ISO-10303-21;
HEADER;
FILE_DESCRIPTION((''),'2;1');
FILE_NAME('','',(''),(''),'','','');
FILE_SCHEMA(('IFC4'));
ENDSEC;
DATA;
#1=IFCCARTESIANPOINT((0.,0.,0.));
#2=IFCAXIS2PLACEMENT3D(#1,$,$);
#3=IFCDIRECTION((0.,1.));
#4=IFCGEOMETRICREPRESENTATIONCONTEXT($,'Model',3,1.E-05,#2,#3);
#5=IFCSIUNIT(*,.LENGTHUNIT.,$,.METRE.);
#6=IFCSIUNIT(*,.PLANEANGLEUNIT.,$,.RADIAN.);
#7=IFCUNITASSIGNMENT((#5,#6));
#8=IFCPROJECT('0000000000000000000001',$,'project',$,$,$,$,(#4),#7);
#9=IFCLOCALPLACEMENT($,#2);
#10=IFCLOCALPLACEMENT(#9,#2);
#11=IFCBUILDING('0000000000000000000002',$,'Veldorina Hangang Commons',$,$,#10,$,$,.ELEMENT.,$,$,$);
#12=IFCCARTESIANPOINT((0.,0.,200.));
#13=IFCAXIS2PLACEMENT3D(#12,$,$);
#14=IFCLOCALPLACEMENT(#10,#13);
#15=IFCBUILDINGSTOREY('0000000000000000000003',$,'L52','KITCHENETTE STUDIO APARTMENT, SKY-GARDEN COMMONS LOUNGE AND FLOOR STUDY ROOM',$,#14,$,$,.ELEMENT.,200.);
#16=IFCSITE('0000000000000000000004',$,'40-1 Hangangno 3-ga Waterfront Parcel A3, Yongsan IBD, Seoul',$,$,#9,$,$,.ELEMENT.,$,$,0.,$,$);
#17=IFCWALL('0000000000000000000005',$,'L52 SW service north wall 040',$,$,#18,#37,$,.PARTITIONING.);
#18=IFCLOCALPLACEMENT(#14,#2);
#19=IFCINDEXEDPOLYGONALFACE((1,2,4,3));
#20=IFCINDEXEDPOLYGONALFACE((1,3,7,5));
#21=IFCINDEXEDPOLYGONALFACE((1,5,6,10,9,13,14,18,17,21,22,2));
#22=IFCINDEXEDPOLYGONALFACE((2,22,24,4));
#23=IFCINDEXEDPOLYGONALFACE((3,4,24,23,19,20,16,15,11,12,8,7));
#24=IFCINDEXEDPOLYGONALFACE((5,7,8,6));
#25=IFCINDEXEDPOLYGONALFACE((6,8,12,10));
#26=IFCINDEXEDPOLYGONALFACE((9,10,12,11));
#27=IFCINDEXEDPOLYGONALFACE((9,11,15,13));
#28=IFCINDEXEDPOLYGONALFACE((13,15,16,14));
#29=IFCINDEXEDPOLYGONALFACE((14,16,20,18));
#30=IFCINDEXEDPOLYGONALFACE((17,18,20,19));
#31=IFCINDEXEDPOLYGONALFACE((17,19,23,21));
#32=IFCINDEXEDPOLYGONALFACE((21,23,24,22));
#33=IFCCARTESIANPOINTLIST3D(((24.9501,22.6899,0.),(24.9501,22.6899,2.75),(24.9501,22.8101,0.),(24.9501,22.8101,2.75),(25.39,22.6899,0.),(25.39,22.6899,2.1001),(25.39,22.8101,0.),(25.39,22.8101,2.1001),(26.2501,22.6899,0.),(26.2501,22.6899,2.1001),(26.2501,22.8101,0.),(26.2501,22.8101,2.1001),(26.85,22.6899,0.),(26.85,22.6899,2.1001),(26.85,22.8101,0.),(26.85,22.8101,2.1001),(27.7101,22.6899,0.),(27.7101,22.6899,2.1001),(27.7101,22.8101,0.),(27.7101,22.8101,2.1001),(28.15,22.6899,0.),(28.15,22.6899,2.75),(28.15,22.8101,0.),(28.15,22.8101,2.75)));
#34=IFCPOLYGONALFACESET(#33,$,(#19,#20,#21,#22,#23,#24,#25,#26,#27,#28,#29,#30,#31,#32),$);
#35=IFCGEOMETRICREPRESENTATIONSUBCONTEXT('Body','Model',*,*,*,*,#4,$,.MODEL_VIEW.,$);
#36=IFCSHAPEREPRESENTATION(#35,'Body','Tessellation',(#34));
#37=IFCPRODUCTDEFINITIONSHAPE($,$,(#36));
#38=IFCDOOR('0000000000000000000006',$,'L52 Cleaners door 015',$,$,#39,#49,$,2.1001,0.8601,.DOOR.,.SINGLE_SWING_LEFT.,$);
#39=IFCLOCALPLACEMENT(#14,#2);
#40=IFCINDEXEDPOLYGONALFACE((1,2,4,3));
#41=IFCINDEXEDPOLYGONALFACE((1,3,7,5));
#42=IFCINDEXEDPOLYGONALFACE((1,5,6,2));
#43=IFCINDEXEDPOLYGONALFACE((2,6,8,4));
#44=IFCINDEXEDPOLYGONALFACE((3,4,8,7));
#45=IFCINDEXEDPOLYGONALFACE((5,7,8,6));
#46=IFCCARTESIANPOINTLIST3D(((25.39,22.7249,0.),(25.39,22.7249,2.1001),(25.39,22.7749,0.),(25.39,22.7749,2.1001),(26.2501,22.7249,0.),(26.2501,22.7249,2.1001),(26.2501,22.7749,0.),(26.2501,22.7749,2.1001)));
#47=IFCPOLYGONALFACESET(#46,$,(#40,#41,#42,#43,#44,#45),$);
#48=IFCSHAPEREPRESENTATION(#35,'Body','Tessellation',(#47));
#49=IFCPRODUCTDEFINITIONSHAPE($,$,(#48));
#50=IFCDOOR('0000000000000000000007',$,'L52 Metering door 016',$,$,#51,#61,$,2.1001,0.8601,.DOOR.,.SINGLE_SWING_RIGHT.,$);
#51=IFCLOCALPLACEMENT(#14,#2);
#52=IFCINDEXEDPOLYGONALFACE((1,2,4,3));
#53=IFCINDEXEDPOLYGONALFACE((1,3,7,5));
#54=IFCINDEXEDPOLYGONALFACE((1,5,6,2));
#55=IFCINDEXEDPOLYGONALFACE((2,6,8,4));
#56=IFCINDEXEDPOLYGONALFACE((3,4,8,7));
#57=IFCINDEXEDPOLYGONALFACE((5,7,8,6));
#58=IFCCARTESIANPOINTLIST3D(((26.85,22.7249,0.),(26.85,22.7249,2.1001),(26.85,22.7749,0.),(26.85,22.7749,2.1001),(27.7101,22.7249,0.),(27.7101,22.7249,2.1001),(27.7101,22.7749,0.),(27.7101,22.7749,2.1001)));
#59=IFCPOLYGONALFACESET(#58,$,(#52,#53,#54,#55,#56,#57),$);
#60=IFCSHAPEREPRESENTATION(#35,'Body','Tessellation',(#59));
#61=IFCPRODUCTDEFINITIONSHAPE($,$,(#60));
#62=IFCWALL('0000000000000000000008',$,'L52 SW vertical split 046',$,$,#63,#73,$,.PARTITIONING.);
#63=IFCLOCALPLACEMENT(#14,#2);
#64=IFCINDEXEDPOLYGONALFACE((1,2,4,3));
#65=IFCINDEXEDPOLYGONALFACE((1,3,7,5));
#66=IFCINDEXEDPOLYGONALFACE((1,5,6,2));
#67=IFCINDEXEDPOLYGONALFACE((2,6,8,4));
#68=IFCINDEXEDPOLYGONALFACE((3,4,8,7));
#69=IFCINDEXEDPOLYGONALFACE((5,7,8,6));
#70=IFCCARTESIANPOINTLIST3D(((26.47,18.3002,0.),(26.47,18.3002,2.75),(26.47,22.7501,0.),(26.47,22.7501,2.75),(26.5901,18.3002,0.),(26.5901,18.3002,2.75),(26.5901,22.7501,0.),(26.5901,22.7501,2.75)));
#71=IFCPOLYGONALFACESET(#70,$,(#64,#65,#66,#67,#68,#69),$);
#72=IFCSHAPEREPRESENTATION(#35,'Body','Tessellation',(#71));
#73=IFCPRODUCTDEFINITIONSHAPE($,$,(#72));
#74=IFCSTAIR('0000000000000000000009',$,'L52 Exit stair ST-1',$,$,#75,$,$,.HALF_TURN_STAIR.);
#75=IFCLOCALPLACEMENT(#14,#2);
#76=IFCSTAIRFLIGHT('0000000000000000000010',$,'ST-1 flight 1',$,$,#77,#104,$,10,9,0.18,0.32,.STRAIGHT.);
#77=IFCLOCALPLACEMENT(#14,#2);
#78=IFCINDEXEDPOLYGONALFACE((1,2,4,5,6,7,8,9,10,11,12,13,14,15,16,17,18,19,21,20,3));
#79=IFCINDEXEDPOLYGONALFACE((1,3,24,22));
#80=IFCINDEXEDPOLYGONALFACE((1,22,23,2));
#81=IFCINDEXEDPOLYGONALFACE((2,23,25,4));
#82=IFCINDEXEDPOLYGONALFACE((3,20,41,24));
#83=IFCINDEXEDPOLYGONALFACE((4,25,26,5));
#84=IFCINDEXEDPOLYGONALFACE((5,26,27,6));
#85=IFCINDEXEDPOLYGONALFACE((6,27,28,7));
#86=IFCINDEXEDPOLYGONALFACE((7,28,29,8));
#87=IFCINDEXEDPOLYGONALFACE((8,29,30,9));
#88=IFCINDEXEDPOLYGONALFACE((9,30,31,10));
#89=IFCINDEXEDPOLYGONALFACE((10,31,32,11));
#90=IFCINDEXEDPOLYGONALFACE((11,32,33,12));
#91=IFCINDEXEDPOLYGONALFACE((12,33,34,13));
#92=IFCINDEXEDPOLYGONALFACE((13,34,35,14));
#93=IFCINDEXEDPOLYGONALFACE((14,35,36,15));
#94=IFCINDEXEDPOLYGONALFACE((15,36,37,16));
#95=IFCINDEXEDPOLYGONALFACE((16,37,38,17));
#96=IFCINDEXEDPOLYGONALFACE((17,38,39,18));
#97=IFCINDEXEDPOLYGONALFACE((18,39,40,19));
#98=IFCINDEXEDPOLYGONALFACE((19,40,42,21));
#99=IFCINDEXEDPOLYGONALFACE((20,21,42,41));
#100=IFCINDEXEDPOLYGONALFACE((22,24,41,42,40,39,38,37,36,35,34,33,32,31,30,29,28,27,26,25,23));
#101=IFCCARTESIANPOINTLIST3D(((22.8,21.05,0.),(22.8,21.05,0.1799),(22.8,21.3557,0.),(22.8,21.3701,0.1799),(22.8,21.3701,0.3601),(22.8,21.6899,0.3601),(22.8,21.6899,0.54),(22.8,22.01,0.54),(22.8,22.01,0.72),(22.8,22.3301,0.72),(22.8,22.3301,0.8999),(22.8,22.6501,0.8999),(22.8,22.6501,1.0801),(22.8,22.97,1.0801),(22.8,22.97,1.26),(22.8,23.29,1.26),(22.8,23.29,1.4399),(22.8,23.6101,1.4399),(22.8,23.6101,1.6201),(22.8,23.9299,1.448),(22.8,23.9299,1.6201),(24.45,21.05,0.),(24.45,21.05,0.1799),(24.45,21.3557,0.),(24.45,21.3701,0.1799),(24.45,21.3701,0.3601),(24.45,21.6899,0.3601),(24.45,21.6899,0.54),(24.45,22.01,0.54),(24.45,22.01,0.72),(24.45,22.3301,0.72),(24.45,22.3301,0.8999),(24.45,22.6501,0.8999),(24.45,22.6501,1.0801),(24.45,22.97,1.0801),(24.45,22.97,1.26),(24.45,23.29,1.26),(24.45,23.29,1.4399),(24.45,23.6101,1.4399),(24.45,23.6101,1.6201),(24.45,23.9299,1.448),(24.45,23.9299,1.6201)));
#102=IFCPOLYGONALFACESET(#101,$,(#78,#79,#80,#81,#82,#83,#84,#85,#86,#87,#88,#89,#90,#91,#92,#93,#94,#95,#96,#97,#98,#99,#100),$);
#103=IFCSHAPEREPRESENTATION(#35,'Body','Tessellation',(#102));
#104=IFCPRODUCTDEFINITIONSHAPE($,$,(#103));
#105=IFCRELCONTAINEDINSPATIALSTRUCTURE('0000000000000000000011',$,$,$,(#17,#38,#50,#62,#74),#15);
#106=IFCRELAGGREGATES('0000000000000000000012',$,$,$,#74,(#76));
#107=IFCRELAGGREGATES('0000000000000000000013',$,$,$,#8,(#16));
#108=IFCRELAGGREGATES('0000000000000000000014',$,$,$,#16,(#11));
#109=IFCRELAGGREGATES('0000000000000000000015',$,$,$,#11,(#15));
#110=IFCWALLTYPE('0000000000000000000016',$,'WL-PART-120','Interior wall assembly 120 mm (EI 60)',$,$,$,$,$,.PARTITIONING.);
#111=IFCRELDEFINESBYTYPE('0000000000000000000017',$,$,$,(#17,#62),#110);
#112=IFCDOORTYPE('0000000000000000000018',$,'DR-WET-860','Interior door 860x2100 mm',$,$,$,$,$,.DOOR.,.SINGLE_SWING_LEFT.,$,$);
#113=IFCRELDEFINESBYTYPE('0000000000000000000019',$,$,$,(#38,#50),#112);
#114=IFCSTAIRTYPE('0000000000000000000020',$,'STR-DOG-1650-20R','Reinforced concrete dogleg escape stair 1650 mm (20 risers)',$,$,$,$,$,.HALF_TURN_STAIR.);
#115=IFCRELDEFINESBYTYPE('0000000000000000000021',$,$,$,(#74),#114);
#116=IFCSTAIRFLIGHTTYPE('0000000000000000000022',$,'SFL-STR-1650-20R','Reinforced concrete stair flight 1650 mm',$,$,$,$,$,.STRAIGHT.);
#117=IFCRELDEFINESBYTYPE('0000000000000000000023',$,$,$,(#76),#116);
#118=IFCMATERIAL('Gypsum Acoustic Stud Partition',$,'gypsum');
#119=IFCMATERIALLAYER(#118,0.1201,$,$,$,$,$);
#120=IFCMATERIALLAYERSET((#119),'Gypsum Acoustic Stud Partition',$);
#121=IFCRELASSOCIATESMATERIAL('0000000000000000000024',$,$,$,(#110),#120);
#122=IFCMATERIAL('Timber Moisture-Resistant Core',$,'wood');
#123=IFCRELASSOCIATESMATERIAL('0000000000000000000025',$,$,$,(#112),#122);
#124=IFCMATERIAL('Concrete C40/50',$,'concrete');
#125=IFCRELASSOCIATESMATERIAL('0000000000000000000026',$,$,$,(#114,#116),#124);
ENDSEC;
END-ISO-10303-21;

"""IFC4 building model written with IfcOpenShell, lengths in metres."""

from ifc_helpers import new_model, si_unit, direction, frame, frame_2d, origin, place, context, subcontext, project, spatial, polyline, rectangle, outline, extrude, material, layer, layer_set, type_object, element, fill, aggregate, save


model = new_model("IFC4")

# Units and contexts
model_context = context("Model", 3, precision=1e-05, world=origin(), true_north=direction((0.0, 1.0)))
body_context = subcontext(model_context, "Body", "Model", "MODEL_VIEW")
ifc_project = project(units=[si_unit("LENGTHUNIT", "METRE"), si_unit("PLANEANGLEUNIT", "RADIAN")], contexts=[model_context])

# Site, building, storey
site_placement = place(None, origin())
site = spatial("IfcSite", under=ifc_project, at=site_placement, Name="40-1 Hangangno 3-ga Waterfront Parcel A3, Yongsan IBD, Seoul", CompositionType="ELEMENT", RefElevation=0.0)
building_placement = place(site_placement, origin())
building = spatial("IfcBuilding", under=site, at=building_placement, Name="Veldorina Hangang Commons", CompositionType="ELEMENT")
storey_placement = place(building_placement, frame((0.0, 0.0, 200.0)))
storey = spatial("IfcBuildingStorey", under=building, at=storey_placement, Name="L52", Description="KITCHENETTE STUDIO APARTMENT, SKY-GARDEN COMMONS LOUNGE AND FLOOR STUDY ROOM", CompositionType="ELEMENT", Elevation=200.0)

# Wall, openings, doors
ifc_material_1 = material(Name="Gypsum Acoustic Stud Partition", Category="gypsum")
ifc_layer_1 = layer(ifc_material_1, 0.1201)
ifc_layer_set_1 = layer_set([ifc_layer_1], Name="Gypsum Acoustic Stud Partition")
wall_type_1 = type_object("IfcWallType", Name="WL-PART-120", Description="Interior wall assembly 120 mm (EI 60)", PredefinedType="PARTITIONING", material=ifc_layer_set_1)
wall_1_placement = place(storey_placement, frame((24.95, 22.75, 0.0), z_axis=(0.0, 0.0, 1.0), x_axis=(1.0, 0.0, 0.0)))
wall_1 = element("IfcWall", 1, at=wall_1_placement, inside=storey, type_object=wall_type_1, Name="L52 SW service north wall 040", PredefinedType="PARTITIONING", context=body_context, shape_type="SweptSolid", body=[
    extrude(rectangle(XDim=3.2, YDim=0.1201, at=frame_2d((1.6001, 0.0))), origin(), (0.0, 0.0, 1.0), 2.75),
])
opening_1_placement = place(wall_1_placement, frame((0.4399, 0.0, 0.0)))
opening_1 = element("IfcOpeningElement", 2, at=opening_1_placement, cuts=wall_1, PredefinedType="OPENING", context=body_context, shape_type="SweptSolid", body=[
    extrude(rectangle(XDim=0.8601, YDim=2.1001, at=frame_2d((0.4302, 1.05))), frame((0.0, 0.0701, 0.0), z_axis=(0.0, -1.0, 0.0), x_axis=(1.0, 0.0, 0.0)), (0.0, 0.0, 1.0), 0.1401),
])
opening_2_placement = place(wall_1_placement, frame((1.8999, 0.0, 0.0)))
opening_2 = element("IfcOpeningElement", 3, at=opening_2_placement, cuts=wall_1, PredefinedType="OPENING", context=body_context, shape_type="SweptSolid", body=[
    extrude(rectangle(XDim=0.8601, YDim=2.1001, at=frame_2d((0.4302, 1.05))), frame((0.0, 0.0701, 0.0), z_axis=(0.0, -1.0, 0.0), x_axis=(1.0, 0.0, 0.0)), (0.0, 0.0, 1.0), 0.1401),
])
ifc_material_2 = material(Name="Timber Moisture-Resistant Core", Category="wood")
door_type_1 = type_object("IfcDoorType", Name="DR-WET-860", Description="Interior door 860x2100 mm", OperationType="SINGLE_SWING_LEFT", PredefinedType="DOOR", material=ifc_material_2)
door_1_placement = place(opening_1_placement, origin())
door_1 = element("IfcDoor", 4, at=door_1_placement, inside=storey, type_object=door_type_1, Name="L52 Cleaners door 015", OperationType="SINGLE_SWING_LEFT", OverallHeight=2.1001, OverallWidth=0.8601, PredefinedType="DOOR", context=body_context, shape_type="SweptSolid", body=[
    extrude(rectangle(XDim=0.8601, YDim=2.1001, at=frame_2d((0.4302, 1.05))), frame((0.0, 0.0249, 0.0), z_axis=(0.0, -1.0, 0.0), x_axis=(1.0, 0.0, 0.0)), (0.0, 0.0, 1.0), 0.05),
])
fill(opening_1, door_1)
door_2_placement = place(opening_2_placement, origin())
door_2 = element("IfcDoor", 5, at=door_2_placement, inside=storey, type_object=door_type_1, Name="L52 Metering door 016", OperationType="SINGLE_SWING_RIGHT", OverallHeight=2.1001, OverallWidth=0.8601, PredefinedType="DOOR", context=body_context, shape_type="SweptSolid", body=[
    extrude(rectangle(XDim=0.8601, YDim=2.1001, at=frame_2d((0.4302, 1.05))), frame((0.0, 0.0249, 0.0), z_axis=(0.0, -1.0, 0.0), x_axis=(1.0, 0.0, 0.0)), (0.0, 0.0, 1.0), 0.05),
])
fill(opening_2, door_2)

# Wall
wall_2_placement = place(storey_placement, frame((26.53, 18.3, 0.0), z_axis=(0.0, 0.0, 1.0), x_axis=(0.0, 1.0, 0.0)))
element("IfcWall", 6, at=wall_2_placement, inside=storey, type_object=wall_type_1, Name="L52 SW vertical split 046", PredefinedType="PARTITIONING", context=body_context, shape_type="SweptSolid", body=[
    extrude(rectangle(XDim=4.45, YDim=0.1201, at=frame_2d((2.2251, 0.0))), origin(), (0.0, 0.0, 1.0), 2.75),
])

# Stair, stair flight
ifc_material_3 = material(Name="Concrete C40/50", Category="concrete")
stair_type = type_object("IfcStairType", Name="STR-DOG-1650-20R", Description="Reinforced concrete dogleg escape stair 1650 mm (20 risers)", PredefinedType="HALF_TURN_STAIR", material=ifc_material_3)
stair_placement = place(storey_placement, origin())
stair = element("IfcStair", 7, at=stair_placement, inside=storey, type_object=stair_type, Name="L52 Exit stair ST-1", PredefinedType="HALF_TURN_STAIR")
stair_flight_type = type_object("IfcStairFlightType", Name="SFL-STR-1650-20R", Description="Reinforced concrete stair flight 1650 mm", PredefinedType="STRAIGHT", material=ifc_material_3)
stair_flight_placement = place(storey_placement, frame((23.625, 21.05, 0.0), z_axis=(0.0, 0.0, 1.0), x_axis=(0.0, 1.0, 0.0)))
stair_flight = element("IfcStairFlight", 8, at=stair_flight_placement, type_object=stair_flight_type, Name="ST-1 flight 1", NumberOfRisers=10, NumberOfTreads=9, PredefinedType="STRAIGHT", RiserHeight=0.18, TreadLength=0.32, context=body_context, shape_type="SweptSolid", body=[
    extrude(outline(polyline([(0.0, 0.0), (0.0, 0.1799), (0.3201, 0.1799), (0.3201, 0.3601), (0.6399, 0.3601), (0.6399, 0.54), (0.96, 0.54), (0.96, 0.72), (1.28, 0.72), (1.28, 0.8999), (1.6001, 0.8999), (1.6001, 1.0801), (1.9199, 1.0801), (1.9199, 1.26), (2.24, 1.26), (2.24, 1.4399), (2.5601, 1.4399), (2.5601, 1.6201), (2.8799, 1.6201), (2.8799, 1.8), (2.8799, 1.448), (0.3057, 0.0), (0.0, 0.0)])), frame((0.0, 0.825, 0.0), z_axis=(0.0, -1.0, 0.0), x_axis=(1.0, 0.0, 0.0)), (0.0, 0.0, 1.0), 1.6499),
])
aggregate(stair, [stair_flight])

save(model, "model.ifc")
